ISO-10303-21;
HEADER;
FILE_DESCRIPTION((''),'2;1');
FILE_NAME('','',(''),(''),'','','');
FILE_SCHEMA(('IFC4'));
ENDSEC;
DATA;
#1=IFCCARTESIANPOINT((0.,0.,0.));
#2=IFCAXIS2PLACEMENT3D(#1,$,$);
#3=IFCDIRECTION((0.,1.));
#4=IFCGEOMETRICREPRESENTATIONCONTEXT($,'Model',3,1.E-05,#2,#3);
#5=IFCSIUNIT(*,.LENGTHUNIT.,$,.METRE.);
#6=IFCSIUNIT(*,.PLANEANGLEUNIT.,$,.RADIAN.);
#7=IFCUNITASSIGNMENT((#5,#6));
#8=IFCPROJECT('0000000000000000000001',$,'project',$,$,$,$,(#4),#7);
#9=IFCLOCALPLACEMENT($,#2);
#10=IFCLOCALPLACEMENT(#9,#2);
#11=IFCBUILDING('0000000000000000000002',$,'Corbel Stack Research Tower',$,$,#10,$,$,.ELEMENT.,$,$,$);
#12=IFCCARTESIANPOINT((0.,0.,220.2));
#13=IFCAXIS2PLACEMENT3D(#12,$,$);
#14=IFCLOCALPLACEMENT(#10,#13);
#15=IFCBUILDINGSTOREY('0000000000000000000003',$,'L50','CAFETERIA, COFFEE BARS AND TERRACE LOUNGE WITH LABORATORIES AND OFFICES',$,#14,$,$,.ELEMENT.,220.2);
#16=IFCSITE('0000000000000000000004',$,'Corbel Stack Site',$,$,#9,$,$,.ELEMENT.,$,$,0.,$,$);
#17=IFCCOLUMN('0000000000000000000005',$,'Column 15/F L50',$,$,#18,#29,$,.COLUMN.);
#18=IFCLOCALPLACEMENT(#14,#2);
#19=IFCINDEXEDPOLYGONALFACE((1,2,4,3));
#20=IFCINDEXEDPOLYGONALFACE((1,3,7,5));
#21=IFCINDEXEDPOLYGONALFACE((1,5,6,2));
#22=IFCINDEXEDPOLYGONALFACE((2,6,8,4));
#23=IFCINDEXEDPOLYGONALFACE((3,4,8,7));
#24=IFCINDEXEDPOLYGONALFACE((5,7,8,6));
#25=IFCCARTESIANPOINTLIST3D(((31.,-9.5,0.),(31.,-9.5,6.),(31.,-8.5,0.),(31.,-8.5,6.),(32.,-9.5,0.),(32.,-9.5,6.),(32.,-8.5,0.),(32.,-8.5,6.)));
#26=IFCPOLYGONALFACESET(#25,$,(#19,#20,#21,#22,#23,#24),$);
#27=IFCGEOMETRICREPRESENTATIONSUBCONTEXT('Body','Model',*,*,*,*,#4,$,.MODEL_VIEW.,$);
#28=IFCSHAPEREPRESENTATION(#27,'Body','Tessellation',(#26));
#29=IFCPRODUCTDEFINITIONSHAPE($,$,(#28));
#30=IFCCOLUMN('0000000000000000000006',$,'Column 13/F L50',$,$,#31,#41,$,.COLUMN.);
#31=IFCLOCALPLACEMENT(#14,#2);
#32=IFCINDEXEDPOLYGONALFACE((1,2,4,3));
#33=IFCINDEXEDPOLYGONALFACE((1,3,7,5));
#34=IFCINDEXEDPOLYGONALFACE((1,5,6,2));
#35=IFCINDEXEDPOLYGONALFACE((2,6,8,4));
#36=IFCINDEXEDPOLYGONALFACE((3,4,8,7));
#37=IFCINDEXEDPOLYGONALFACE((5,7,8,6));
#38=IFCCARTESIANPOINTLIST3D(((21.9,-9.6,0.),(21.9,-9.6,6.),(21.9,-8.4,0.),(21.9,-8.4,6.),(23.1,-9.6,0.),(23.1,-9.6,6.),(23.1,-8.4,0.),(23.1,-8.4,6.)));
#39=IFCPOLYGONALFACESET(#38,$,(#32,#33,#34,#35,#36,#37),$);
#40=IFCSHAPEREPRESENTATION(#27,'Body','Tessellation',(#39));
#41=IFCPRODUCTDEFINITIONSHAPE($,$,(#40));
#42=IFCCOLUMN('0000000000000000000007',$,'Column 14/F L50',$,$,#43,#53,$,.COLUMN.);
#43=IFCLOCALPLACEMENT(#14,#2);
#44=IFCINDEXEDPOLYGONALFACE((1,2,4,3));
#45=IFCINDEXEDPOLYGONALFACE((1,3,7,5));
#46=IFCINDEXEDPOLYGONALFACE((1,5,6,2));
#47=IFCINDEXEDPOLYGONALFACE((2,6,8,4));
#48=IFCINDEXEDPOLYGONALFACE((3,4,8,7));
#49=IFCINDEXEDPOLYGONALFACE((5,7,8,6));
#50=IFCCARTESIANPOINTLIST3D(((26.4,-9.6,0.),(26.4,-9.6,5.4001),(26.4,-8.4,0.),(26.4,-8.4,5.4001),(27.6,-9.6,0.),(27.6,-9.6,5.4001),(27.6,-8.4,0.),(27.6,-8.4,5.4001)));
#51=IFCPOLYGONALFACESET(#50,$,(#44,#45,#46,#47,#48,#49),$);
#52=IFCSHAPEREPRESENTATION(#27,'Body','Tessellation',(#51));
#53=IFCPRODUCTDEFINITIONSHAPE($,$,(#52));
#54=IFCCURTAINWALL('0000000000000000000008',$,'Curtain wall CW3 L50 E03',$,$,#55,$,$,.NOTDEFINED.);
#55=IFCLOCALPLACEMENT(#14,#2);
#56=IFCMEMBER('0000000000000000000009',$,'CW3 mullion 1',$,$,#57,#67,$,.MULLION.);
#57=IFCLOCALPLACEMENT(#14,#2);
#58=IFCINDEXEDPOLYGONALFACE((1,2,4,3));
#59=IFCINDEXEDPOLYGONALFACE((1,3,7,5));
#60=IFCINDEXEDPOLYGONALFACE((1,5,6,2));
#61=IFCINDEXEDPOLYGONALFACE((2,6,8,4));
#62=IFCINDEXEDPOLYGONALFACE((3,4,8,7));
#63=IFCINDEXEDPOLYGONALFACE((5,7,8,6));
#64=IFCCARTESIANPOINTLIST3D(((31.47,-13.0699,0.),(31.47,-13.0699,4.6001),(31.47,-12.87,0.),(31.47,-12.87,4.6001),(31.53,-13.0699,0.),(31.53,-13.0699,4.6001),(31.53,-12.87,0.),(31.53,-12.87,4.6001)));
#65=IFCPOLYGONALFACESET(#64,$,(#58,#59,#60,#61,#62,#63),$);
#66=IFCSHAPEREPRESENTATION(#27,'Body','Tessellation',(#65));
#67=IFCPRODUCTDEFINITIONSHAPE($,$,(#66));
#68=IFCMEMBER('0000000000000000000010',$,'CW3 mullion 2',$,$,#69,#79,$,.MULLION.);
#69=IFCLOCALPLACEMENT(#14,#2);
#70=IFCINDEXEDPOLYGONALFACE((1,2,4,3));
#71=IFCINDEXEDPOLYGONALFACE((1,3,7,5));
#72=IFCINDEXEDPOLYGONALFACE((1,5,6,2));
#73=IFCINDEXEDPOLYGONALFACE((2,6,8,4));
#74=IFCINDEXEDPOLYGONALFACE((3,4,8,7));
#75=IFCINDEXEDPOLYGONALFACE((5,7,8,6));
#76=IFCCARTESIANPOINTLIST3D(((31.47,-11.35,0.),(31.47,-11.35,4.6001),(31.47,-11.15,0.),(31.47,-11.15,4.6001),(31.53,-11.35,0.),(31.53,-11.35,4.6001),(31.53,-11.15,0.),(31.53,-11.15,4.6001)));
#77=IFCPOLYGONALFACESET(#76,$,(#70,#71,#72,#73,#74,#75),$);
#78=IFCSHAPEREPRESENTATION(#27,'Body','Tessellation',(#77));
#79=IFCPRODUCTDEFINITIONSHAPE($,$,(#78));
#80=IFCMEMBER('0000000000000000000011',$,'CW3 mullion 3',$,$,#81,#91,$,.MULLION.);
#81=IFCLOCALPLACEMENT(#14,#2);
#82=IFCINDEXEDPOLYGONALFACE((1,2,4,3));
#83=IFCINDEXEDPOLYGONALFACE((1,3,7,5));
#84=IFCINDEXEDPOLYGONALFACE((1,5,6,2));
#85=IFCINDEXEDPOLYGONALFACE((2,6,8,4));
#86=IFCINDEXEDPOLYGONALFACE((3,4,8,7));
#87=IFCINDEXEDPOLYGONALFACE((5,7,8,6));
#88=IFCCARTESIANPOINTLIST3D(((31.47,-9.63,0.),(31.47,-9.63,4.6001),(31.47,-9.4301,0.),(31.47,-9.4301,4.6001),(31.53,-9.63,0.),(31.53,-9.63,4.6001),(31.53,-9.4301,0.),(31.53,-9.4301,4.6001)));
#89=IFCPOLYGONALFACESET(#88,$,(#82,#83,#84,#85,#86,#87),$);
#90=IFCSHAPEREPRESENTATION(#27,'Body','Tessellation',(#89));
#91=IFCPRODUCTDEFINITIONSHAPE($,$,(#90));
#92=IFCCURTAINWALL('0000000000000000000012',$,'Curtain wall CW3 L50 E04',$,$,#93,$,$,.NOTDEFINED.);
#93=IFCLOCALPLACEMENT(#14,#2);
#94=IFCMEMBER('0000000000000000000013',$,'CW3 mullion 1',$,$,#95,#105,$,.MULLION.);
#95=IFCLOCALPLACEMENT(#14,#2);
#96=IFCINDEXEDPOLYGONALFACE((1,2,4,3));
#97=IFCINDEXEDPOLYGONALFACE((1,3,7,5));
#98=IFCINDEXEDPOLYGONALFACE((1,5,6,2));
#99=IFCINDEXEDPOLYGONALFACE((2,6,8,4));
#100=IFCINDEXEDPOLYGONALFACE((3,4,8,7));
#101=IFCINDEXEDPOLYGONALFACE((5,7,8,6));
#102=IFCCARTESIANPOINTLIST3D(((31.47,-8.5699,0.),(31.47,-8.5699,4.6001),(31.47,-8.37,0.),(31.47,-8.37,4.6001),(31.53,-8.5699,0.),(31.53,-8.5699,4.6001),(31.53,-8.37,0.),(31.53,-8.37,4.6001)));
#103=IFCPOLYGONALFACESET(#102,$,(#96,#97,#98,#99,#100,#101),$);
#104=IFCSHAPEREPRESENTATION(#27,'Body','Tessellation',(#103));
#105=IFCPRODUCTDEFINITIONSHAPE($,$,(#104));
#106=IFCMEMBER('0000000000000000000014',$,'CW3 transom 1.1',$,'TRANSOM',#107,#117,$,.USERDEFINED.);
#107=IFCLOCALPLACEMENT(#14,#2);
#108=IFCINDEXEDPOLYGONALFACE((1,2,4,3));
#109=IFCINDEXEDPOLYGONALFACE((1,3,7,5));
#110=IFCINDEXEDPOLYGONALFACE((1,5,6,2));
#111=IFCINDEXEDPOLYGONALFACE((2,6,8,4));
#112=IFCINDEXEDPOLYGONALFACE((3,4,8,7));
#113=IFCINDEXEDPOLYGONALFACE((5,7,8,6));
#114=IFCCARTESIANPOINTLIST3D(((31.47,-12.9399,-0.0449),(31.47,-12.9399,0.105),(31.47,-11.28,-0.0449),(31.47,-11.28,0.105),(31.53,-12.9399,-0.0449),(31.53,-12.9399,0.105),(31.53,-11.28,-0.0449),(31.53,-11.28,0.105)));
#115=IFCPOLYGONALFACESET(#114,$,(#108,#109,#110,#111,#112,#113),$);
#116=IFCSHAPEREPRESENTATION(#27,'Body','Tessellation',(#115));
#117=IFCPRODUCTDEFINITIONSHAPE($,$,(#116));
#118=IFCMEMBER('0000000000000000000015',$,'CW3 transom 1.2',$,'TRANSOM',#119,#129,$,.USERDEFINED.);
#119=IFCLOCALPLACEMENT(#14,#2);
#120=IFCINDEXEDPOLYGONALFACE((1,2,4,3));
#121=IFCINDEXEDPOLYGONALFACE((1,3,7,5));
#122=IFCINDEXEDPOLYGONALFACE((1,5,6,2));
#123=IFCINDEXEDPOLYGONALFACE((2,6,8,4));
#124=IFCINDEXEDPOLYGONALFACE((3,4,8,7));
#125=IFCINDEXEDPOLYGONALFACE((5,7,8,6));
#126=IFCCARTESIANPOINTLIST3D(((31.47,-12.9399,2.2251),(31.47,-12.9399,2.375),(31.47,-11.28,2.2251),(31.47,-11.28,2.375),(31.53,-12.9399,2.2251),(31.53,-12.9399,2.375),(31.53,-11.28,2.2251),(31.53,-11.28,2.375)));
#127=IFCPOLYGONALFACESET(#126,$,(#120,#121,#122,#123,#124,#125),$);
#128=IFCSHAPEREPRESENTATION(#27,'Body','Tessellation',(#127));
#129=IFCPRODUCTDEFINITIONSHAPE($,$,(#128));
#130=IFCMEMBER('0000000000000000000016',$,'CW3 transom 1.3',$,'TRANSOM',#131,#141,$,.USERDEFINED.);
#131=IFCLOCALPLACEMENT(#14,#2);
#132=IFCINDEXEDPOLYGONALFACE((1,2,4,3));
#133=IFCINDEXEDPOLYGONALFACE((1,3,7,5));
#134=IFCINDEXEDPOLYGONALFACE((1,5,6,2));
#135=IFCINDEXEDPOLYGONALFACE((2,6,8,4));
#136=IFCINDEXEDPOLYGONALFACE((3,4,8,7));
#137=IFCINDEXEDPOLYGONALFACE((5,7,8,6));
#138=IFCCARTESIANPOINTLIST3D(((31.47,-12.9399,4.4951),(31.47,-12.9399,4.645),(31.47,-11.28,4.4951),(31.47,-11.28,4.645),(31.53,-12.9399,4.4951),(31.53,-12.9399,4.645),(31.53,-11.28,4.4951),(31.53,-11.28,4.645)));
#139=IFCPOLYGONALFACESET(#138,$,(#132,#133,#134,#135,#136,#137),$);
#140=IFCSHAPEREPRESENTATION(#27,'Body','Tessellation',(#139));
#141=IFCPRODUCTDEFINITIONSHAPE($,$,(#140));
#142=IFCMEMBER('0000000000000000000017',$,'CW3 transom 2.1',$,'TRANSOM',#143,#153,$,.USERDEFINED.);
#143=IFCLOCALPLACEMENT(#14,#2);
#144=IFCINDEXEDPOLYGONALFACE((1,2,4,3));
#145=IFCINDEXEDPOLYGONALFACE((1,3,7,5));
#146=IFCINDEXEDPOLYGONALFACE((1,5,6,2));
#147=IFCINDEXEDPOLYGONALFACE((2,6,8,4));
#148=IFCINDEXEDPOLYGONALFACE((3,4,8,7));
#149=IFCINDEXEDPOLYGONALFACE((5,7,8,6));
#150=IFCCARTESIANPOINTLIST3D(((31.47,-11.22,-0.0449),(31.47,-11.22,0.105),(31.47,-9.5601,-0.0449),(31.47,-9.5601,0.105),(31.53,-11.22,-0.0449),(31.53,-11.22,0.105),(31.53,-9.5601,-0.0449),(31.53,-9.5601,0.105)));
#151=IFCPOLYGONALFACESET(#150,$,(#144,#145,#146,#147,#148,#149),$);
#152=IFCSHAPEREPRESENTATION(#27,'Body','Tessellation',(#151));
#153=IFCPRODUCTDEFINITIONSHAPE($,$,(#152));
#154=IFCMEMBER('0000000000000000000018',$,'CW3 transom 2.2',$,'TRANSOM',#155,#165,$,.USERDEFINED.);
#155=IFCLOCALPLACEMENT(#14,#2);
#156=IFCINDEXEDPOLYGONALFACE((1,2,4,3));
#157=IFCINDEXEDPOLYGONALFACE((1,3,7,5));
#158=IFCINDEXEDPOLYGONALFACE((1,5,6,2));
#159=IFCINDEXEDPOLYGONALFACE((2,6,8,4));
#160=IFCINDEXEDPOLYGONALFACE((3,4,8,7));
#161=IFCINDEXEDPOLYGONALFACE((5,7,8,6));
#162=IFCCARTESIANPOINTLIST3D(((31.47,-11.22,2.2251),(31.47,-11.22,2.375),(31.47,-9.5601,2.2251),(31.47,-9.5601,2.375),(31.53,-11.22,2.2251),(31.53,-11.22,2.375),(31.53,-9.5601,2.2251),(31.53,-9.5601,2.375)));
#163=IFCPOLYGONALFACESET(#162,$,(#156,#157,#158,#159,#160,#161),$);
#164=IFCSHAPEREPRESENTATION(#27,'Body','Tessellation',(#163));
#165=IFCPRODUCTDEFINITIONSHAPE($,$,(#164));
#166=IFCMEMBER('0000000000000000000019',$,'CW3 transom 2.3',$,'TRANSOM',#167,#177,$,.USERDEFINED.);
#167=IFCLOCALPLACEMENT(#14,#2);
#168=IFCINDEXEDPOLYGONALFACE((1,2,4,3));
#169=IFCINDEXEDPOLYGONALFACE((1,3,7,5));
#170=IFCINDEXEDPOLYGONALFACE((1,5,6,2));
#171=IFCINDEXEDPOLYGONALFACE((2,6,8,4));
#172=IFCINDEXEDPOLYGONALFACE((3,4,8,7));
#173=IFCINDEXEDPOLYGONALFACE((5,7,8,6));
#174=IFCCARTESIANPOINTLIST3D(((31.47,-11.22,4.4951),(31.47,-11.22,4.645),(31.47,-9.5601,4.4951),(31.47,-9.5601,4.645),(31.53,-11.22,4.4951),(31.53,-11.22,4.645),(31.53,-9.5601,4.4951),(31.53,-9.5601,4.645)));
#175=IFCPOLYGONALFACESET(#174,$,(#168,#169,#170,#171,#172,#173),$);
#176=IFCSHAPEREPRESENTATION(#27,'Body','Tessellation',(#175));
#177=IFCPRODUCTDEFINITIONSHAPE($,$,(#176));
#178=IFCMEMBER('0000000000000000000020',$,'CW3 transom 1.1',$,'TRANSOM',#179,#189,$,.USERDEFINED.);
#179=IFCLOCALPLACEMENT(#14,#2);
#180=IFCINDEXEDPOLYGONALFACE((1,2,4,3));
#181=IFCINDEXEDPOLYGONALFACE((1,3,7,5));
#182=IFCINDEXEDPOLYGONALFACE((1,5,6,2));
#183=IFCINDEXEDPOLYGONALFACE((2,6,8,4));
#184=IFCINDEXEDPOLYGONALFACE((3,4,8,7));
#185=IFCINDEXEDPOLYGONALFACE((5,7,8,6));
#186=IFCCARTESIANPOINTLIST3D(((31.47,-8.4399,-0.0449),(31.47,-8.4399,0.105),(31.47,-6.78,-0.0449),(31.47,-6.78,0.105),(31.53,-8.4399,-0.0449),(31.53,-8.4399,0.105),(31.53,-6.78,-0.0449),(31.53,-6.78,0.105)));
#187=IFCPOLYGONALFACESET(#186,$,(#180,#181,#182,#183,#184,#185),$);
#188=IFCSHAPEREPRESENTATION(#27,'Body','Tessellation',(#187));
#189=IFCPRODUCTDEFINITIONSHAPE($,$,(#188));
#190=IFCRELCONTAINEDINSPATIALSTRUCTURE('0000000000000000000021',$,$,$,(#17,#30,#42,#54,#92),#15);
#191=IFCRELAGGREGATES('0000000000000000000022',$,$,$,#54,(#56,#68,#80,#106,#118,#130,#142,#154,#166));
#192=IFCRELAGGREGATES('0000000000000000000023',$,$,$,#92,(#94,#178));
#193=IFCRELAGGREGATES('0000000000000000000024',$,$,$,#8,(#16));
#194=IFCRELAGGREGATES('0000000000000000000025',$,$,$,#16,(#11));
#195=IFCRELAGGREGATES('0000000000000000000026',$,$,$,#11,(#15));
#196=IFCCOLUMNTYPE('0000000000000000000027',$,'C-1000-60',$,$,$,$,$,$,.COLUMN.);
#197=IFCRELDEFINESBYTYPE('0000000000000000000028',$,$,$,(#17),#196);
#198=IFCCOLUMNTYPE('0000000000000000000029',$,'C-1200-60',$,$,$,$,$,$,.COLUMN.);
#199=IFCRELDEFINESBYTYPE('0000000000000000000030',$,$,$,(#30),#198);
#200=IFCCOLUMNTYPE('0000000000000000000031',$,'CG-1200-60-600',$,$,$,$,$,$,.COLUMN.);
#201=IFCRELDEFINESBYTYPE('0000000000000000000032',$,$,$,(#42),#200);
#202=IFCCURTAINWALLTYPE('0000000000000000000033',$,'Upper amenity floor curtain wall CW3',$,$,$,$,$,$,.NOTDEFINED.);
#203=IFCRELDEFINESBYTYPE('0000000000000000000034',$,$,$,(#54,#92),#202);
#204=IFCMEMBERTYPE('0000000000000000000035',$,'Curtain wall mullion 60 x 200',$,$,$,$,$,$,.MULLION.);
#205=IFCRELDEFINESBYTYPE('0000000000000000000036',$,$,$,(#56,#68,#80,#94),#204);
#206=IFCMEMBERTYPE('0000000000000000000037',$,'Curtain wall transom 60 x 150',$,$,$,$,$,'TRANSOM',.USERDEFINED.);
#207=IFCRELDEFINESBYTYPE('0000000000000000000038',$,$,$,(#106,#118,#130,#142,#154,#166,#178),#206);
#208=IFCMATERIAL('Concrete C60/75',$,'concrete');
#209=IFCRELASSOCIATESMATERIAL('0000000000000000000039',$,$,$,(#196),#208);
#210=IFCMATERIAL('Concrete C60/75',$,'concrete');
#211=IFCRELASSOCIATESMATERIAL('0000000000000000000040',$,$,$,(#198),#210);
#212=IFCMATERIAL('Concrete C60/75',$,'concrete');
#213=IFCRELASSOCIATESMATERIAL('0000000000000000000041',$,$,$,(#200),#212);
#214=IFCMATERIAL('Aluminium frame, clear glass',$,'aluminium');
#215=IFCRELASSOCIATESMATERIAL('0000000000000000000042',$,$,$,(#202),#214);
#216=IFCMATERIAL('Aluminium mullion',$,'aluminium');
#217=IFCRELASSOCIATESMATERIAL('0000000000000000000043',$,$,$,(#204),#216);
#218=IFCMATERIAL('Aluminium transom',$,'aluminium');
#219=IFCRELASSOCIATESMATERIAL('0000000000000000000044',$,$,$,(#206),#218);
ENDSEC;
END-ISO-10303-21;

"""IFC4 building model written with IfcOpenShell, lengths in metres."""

from ifc_helpers import new_model, si_unit, direction, frame, origin, origin_2d, place, context, subcontext, project, spatial, rectangle, extrude, material, material_profile, profile_set, type_object, element, aggregate, save


model = new_model("IFC4")

# Units and contexts
model_context = context("Model", 3, precision=1e-05, world=origin(), true_north=direction((0.0, 1.0)))
body_context = subcontext(model_context, "Body", "Model", "MODEL_VIEW")
ifc_project = project(units=[si_unit("LENGTHUNIT", "METRE"), si_unit("PLANEANGLEUNIT", "RADIAN")], contexts=[model_context])

# Site, building, storey
site_placement = place(None, origin())
site = spatial("IfcSite", under=ifc_project, at=site_placement, Name="Corbel Stack Site", CompositionType="ELEMENT", RefElevation=0.0)
building_placement = place(site_placement, origin())
building = spatial("IfcBuilding", under=site, at=building_placement, Name="Corbel Stack Research Tower", CompositionType="ELEMENT")
storey_placement = place(building_placement, frame((0.0, 0.0, 220.2)))
storey = spatial("IfcBuildingStorey", under=building, at=storey_placement, Name="L50", Description="CAFETERIA, COFFEE BARS AND TERRACE LOUNGE WITH LABORATORIES AND OFFICES", CompositionType="ELEMENT", Elevation=220.2)

# Columns
ifc_material_1 = material(Name="Concrete C60/75", Category="concrete")
ifc_material_profile_1 = material_profile(ifc_material_1, rectangle(XDim=1.0, YDim=1.0, at=origin_2d()), Name="RC 1000 x 1000")
ifc_profile_set_1 = profile_set([ifc_material_profile_1], Name="Concrete C60/75")
column_type_1 = type_object("IfcColumnType", Name="C-1000-60", PredefinedType="COLUMN", material=ifc_profile_set_1)
column_1_placement = place(storey_placement, frame((31.5, -9.0, 0.0), z_axis=(0.0, 0.0, 1.0), x_axis=(1.0, 0.0, 0.0)))
element("IfcColumn", 1, at=column_1_placement, inside=storey, type_object=column_type_1, Name="Column 15/F L50", PredefinedType="COLUMN", context=body_context, shape_type="SweptSolid", body=[
    extrude(rectangle(XDim=1.0, YDim=1.0, at=origin_2d()), origin(), (0.0, 0.0, 1.0), 6.0),
])
ifc_material_2 = material(Name="Concrete C60/75", Category="concrete")
ifc_material_profile_2 = material_profile(ifc_material_2, rectangle(XDim=1.2, YDim=1.2, at=origin_2d()), Name="RC 1200 x 1200")
ifc_profile_set_2 = profile_set([ifc_material_profile_2], Name="Concrete C60/75")
column_type_2 = type_object("IfcColumnType", Name="C-1200-60", PredefinedType="COLUMN", material=ifc_profile_set_2)
column_2_placement = place(storey_placement, frame((22.5, -9.0, 0.0), z_axis=(0.0, 0.0, 1.0), x_axis=(1.0, 0.0, 0.0)))
element("IfcColumn", 2, at=column_2_placement, inside=storey, type_object=column_type_2, Name="Column 13/F L50", PredefinedType="COLUMN", context=body_context, shape_type="SweptSolid", body=[
    extrude(rectangle(XDim=1.2, YDim=1.2, at=origin_2d()), origin(), (0.0, 0.0, 1.0), 6.0),
])
ifc_material_3 = material(Name="Concrete C60/75", Category="concrete")
ifc_material_profile_3 = material_profile(ifc_material_3, rectangle(XDim=1.2, YDim=1.2, at=origin_2d()), Name="RC 1200 x 1200")
ifc_profile_set_3 = profile_set([ifc_material_profile_3], Name="Concrete C60/75")
column_type_3 = type_object("IfcColumnType", Name="CG-1200-60-600", PredefinedType="COLUMN", material=ifc_profile_set_3)
column_3_placement = place(storey_placement, frame((27.0, -9.0, 0.0), z_axis=(0.0, 0.0, 1.0), x_axis=(1.0, 0.0, 0.0)))
element("IfcColumn", 3, at=column_3_placement, inside=storey, type_object=column_type_3, Name="Column 14/F L50", PredefinedType="COLUMN", context=body_context, shape_type="SweptSolid", body=[
    extrude(rectangle(XDim=1.2, YDim=1.2, at=origin_2d()), origin(), (0.0, 0.0, 1.0), 5.4001),
])

# Curtain wall, members
ifc_material_4 = material(Name="Aluminium frame, clear glass", Category="aluminium")
curtain_wall_type = type_object("IfcCurtainWallType", Name="Upper amenity floor curtain wall CW3", PredefinedType="NOTDEFINED", material=ifc_material_4)
curtain_wall_1_placement = place(storey_placement, origin())
curtain_wall_1 = element("IfcCurtainWall", 4, at=curtain_wall_1_placement, inside=storey, type_object=curtain_wall_type, Name="Curtain wall CW3 L50 E03", PredefinedType="NOTDEFINED")
ifc_material_5 = material(Name="Aluminium mullion", Category="aluminium")
ifc_material_profile_4 = material_profile(ifc_material_5, rectangle(XDim=0.0601, YDim=0.2, at=origin_2d()), Name="Mullion 60 x 200")
ifc_profile_set_4 = profile_set([ifc_material_profile_4], Name="Aluminium mullion")
member_type_1 = type_object("IfcMemberType", Name="Curtain wall mullion 60 x 200", PredefinedType="MULLION", material=ifc_profile_set_4)
member_1_placement = place(storey_placement, frame((31.5, -12.97, 0.0), z_axis=(0.0, 0.0, 1.0), x_axis=(-1.0, 0.0, 0.0)))
member_1 = element("IfcMember", 5, at=member_1_placement, type_object=member_type_1, Name="CW3 mullion 1", PredefinedType="MULLION", context=body_context, shape_type="SweptSolid", body=[
    extrude(rectangle(XDim=0.0601, YDim=0.2, at=origin_2d()), origin(), (0.0, 0.0, 1.0), 4.6001),
])
member_2_placement = place(storey_placement, frame((31.5, -11.25, 0.0), z_axis=(0.0, 0.0, 1.0), x_axis=(-1.0, 0.0, 0.0)))
member_2 = element("IfcMember", 6, at=member_2_placement, type_object=member_type_1, Name="CW3 mullion 2", PredefinedType="MULLION", context=body_context, shape_type="SweptSolid", body=[
    extrude(rectangle(XDim=0.0601, YDim=0.2, at=origin_2d()), origin(), (0.0, 0.0, 1.0), 4.6001),
])
member_3_placement = place(storey_placement, frame((31.5, -9.53, 0.0), z_axis=(0.0, 0.0, 1.0), x_axis=(-1.0, 0.0, 0.0)))
member_3 = element("IfcMember", 7, at=member_3_placement, type_object=member_type_1, Name="CW3 mullion 3", PredefinedType="MULLION", context=body_context, shape_type="SweptSolid", body=[
    extrude(rectangle(XDim=0.0601, YDim=0.2, at=origin_2d()), origin(), (0.0, 0.0, 1.0), 4.6001),
])

# Curtain wall, member
curtain_wall_2_placement = place(storey_placement, origin())
curtain_wall_2 = element("IfcCurtainWall", 8, at=curtain_wall_2_placement, inside=storey, type_object=curtain_wall_type, Name="Curtain wall CW3 L50 E04", PredefinedType="NOTDEFINED")
member_4_placement = place(storey_placement, frame((31.5, -8.47, 0.0), z_axis=(0.0, 0.0, 1.0), x_axis=(-1.0, 0.0, 0.0)))
member_4 = element("IfcMember", 9, at=member_4_placement, type_object=member_type_1, Name="CW3 mullion 1", PredefinedType="MULLION", context=body_context, shape_type="SweptSolid", body=[
    extrude(rectangle(XDim=0.0601, YDim=0.2, at=origin_2d()), origin(), (0.0, 0.0, 1.0), 4.6001),
])

# Members
ifc_material_6 = material(Name="Aluminium transom", Category="aluminium")
ifc_material_profile_5 = material_profile(ifc_material_6, rectangle(XDim=0.0601, YDim=0.1499, at=origin_2d()), Name="Transom 60 x 150")
ifc_profile_set_5 = profile_set([ifc_material_profile_5], Name="Aluminium transom")
member_type_2 = type_object("IfcMemberType", Name="Curtain wall transom 60 x 150", ElementType="TRANSOM", PredefinedType="USERDEFINED", material=ifc_profile_set_5)
member_5_placement = place(storey_placement, frame((31.5, -12.9399, 0.03), z_axis=(0.0, 1.0, 0.0), x_axis=(-1.0, 0.0, 0.0)))
member_5 = element("IfcMember", 10, at=member_5_placement, type_object=member_type_2, Name="CW3 transom 1.1", ObjectType="TRANSOM", PredefinedType="USERDEFINED", context=body_context, shape_type="SweptSolid", body=[
    extrude(rectangle(XDim=0.0601, YDim=0.1499, at=origin_2d()), origin(), (0.0, 0.0, 1.0), 1.6599),
])
member_6_placement = place(storey_placement, frame((31.5, -12.9399, 2.3), z_axis=(0.0, 1.0, 0.0), x_axis=(-1.0, 0.0, 0.0)))
member_6 = element("IfcMember", 11, at=member_6_placement, type_object=member_type_2, Name="CW3 transom 1.2", ObjectType="TRANSOM", PredefinedType="USERDEFINED", context=body_context, shape_type="SweptSolid", body=[
    extrude(rectangle(XDim=0.0601, YDim=0.1499, at=origin_2d()), origin(), (0.0, 0.0, 1.0), 1.6599),
])
member_7_placement = place(storey_placement, frame((31.5, -12.9399, 4.5701), z_axis=(0.0, 1.0, 0.0), x_axis=(-1.0, 0.0, 0.0)))
member_7 = element("IfcMember", 12, at=member_7_placement, type_object=member_type_2, Name="CW3 transom 1.3", ObjectType="TRANSOM", PredefinedType="USERDEFINED", context=body_context, shape_type="SweptSolid", body=[
    extrude(rectangle(XDim=0.0601, YDim=0.1499, at=origin_2d()), origin(), (0.0, 0.0, 1.0), 1.6599),
])
member_8_placement = place(storey_placement, frame((31.5, -11.22, 0.03), z_axis=(0.0, 1.0, 0.0), x_axis=(-1.0, 0.0, 0.0)))
member_8 = element("IfcMember", 13, at=member_8_placement, type_object=member_type_2, Name="CW3 transom 2.1", ObjectType="TRANSOM", PredefinedType="USERDEFINED", context=body_context, shape_type="SweptSolid", body=[
    extrude(rectangle(XDim=0.0601, YDim=0.1499, at=origin_2d()), origin(), (0.0, 0.0, 1.0), 1.6599),
])
member_9_placement = place(storey_placement, frame((31.5, -11.22, 2.3), z_axis=(0.0, 1.0, 0.0), x_axis=(-1.0, 0.0, 0.0)))
member_9 = element("IfcMember", 14, at=member_9_placement, type_object=member_type_2, Name="CW3 transom 2.2", ObjectType="TRANSOM", PredefinedType="USERDEFINED", context=body_context, shape_type="SweptSolid", body=[
    extrude(rectangle(XDim=0.0601, YDim=0.1499, at=origin_2d()), origin(), (0.0, 0.0, 1.0), 1.6599),
])
member_10_placement = place(storey_placement, frame((31.5, -11.22, 4.5701), z_axis=(0.0, 1.0, 0.0), x_axis=(-1.0, 0.0, 0.0)))
member_10 = element("IfcMember", 15, at=member_10_placement, type_object=member_type_2, Name="CW3 transom 2.3", ObjectType="TRANSOM", PredefinedType="USERDEFINED", context=body_context, shape_type="SweptSolid", body=[
    extrude(rectangle(XDim=0.0601, YDim=0.1499, at=origin_2d()), origin(), (0.0, 0.0, 1.0), 1.6599),
])
member_11_placement = place(storey_placement, frame((31.5, -8.4399, 0.03), z_axis=(0.0, 1.0, 0.0), x_axis=(-1.0, 0.0, 0.0)))
member_11 = element("IfcMember", 16, at=member_11_placement, type_object=member_type_2, Name="CW3 transom 1.1", ObjectType="TRANSOM", PredefinedType="USERDEFINED", context=body_context, shape_type="SweptSolid", body=[
    extrude(rectangle(XDim=0.0601, YDim=0.1499, at=origin_2d()), origin(), (0.0, 0.0, 1.0), 1.6599),
])

aggregate(curtain_wall_1, [member_1, member_2, member_3, member_5, member_6, member_7, member_8, member_9, member_10])
aggregate(curtain_wall_2, [member_4, member_11])

save(model, "model.ifc")
